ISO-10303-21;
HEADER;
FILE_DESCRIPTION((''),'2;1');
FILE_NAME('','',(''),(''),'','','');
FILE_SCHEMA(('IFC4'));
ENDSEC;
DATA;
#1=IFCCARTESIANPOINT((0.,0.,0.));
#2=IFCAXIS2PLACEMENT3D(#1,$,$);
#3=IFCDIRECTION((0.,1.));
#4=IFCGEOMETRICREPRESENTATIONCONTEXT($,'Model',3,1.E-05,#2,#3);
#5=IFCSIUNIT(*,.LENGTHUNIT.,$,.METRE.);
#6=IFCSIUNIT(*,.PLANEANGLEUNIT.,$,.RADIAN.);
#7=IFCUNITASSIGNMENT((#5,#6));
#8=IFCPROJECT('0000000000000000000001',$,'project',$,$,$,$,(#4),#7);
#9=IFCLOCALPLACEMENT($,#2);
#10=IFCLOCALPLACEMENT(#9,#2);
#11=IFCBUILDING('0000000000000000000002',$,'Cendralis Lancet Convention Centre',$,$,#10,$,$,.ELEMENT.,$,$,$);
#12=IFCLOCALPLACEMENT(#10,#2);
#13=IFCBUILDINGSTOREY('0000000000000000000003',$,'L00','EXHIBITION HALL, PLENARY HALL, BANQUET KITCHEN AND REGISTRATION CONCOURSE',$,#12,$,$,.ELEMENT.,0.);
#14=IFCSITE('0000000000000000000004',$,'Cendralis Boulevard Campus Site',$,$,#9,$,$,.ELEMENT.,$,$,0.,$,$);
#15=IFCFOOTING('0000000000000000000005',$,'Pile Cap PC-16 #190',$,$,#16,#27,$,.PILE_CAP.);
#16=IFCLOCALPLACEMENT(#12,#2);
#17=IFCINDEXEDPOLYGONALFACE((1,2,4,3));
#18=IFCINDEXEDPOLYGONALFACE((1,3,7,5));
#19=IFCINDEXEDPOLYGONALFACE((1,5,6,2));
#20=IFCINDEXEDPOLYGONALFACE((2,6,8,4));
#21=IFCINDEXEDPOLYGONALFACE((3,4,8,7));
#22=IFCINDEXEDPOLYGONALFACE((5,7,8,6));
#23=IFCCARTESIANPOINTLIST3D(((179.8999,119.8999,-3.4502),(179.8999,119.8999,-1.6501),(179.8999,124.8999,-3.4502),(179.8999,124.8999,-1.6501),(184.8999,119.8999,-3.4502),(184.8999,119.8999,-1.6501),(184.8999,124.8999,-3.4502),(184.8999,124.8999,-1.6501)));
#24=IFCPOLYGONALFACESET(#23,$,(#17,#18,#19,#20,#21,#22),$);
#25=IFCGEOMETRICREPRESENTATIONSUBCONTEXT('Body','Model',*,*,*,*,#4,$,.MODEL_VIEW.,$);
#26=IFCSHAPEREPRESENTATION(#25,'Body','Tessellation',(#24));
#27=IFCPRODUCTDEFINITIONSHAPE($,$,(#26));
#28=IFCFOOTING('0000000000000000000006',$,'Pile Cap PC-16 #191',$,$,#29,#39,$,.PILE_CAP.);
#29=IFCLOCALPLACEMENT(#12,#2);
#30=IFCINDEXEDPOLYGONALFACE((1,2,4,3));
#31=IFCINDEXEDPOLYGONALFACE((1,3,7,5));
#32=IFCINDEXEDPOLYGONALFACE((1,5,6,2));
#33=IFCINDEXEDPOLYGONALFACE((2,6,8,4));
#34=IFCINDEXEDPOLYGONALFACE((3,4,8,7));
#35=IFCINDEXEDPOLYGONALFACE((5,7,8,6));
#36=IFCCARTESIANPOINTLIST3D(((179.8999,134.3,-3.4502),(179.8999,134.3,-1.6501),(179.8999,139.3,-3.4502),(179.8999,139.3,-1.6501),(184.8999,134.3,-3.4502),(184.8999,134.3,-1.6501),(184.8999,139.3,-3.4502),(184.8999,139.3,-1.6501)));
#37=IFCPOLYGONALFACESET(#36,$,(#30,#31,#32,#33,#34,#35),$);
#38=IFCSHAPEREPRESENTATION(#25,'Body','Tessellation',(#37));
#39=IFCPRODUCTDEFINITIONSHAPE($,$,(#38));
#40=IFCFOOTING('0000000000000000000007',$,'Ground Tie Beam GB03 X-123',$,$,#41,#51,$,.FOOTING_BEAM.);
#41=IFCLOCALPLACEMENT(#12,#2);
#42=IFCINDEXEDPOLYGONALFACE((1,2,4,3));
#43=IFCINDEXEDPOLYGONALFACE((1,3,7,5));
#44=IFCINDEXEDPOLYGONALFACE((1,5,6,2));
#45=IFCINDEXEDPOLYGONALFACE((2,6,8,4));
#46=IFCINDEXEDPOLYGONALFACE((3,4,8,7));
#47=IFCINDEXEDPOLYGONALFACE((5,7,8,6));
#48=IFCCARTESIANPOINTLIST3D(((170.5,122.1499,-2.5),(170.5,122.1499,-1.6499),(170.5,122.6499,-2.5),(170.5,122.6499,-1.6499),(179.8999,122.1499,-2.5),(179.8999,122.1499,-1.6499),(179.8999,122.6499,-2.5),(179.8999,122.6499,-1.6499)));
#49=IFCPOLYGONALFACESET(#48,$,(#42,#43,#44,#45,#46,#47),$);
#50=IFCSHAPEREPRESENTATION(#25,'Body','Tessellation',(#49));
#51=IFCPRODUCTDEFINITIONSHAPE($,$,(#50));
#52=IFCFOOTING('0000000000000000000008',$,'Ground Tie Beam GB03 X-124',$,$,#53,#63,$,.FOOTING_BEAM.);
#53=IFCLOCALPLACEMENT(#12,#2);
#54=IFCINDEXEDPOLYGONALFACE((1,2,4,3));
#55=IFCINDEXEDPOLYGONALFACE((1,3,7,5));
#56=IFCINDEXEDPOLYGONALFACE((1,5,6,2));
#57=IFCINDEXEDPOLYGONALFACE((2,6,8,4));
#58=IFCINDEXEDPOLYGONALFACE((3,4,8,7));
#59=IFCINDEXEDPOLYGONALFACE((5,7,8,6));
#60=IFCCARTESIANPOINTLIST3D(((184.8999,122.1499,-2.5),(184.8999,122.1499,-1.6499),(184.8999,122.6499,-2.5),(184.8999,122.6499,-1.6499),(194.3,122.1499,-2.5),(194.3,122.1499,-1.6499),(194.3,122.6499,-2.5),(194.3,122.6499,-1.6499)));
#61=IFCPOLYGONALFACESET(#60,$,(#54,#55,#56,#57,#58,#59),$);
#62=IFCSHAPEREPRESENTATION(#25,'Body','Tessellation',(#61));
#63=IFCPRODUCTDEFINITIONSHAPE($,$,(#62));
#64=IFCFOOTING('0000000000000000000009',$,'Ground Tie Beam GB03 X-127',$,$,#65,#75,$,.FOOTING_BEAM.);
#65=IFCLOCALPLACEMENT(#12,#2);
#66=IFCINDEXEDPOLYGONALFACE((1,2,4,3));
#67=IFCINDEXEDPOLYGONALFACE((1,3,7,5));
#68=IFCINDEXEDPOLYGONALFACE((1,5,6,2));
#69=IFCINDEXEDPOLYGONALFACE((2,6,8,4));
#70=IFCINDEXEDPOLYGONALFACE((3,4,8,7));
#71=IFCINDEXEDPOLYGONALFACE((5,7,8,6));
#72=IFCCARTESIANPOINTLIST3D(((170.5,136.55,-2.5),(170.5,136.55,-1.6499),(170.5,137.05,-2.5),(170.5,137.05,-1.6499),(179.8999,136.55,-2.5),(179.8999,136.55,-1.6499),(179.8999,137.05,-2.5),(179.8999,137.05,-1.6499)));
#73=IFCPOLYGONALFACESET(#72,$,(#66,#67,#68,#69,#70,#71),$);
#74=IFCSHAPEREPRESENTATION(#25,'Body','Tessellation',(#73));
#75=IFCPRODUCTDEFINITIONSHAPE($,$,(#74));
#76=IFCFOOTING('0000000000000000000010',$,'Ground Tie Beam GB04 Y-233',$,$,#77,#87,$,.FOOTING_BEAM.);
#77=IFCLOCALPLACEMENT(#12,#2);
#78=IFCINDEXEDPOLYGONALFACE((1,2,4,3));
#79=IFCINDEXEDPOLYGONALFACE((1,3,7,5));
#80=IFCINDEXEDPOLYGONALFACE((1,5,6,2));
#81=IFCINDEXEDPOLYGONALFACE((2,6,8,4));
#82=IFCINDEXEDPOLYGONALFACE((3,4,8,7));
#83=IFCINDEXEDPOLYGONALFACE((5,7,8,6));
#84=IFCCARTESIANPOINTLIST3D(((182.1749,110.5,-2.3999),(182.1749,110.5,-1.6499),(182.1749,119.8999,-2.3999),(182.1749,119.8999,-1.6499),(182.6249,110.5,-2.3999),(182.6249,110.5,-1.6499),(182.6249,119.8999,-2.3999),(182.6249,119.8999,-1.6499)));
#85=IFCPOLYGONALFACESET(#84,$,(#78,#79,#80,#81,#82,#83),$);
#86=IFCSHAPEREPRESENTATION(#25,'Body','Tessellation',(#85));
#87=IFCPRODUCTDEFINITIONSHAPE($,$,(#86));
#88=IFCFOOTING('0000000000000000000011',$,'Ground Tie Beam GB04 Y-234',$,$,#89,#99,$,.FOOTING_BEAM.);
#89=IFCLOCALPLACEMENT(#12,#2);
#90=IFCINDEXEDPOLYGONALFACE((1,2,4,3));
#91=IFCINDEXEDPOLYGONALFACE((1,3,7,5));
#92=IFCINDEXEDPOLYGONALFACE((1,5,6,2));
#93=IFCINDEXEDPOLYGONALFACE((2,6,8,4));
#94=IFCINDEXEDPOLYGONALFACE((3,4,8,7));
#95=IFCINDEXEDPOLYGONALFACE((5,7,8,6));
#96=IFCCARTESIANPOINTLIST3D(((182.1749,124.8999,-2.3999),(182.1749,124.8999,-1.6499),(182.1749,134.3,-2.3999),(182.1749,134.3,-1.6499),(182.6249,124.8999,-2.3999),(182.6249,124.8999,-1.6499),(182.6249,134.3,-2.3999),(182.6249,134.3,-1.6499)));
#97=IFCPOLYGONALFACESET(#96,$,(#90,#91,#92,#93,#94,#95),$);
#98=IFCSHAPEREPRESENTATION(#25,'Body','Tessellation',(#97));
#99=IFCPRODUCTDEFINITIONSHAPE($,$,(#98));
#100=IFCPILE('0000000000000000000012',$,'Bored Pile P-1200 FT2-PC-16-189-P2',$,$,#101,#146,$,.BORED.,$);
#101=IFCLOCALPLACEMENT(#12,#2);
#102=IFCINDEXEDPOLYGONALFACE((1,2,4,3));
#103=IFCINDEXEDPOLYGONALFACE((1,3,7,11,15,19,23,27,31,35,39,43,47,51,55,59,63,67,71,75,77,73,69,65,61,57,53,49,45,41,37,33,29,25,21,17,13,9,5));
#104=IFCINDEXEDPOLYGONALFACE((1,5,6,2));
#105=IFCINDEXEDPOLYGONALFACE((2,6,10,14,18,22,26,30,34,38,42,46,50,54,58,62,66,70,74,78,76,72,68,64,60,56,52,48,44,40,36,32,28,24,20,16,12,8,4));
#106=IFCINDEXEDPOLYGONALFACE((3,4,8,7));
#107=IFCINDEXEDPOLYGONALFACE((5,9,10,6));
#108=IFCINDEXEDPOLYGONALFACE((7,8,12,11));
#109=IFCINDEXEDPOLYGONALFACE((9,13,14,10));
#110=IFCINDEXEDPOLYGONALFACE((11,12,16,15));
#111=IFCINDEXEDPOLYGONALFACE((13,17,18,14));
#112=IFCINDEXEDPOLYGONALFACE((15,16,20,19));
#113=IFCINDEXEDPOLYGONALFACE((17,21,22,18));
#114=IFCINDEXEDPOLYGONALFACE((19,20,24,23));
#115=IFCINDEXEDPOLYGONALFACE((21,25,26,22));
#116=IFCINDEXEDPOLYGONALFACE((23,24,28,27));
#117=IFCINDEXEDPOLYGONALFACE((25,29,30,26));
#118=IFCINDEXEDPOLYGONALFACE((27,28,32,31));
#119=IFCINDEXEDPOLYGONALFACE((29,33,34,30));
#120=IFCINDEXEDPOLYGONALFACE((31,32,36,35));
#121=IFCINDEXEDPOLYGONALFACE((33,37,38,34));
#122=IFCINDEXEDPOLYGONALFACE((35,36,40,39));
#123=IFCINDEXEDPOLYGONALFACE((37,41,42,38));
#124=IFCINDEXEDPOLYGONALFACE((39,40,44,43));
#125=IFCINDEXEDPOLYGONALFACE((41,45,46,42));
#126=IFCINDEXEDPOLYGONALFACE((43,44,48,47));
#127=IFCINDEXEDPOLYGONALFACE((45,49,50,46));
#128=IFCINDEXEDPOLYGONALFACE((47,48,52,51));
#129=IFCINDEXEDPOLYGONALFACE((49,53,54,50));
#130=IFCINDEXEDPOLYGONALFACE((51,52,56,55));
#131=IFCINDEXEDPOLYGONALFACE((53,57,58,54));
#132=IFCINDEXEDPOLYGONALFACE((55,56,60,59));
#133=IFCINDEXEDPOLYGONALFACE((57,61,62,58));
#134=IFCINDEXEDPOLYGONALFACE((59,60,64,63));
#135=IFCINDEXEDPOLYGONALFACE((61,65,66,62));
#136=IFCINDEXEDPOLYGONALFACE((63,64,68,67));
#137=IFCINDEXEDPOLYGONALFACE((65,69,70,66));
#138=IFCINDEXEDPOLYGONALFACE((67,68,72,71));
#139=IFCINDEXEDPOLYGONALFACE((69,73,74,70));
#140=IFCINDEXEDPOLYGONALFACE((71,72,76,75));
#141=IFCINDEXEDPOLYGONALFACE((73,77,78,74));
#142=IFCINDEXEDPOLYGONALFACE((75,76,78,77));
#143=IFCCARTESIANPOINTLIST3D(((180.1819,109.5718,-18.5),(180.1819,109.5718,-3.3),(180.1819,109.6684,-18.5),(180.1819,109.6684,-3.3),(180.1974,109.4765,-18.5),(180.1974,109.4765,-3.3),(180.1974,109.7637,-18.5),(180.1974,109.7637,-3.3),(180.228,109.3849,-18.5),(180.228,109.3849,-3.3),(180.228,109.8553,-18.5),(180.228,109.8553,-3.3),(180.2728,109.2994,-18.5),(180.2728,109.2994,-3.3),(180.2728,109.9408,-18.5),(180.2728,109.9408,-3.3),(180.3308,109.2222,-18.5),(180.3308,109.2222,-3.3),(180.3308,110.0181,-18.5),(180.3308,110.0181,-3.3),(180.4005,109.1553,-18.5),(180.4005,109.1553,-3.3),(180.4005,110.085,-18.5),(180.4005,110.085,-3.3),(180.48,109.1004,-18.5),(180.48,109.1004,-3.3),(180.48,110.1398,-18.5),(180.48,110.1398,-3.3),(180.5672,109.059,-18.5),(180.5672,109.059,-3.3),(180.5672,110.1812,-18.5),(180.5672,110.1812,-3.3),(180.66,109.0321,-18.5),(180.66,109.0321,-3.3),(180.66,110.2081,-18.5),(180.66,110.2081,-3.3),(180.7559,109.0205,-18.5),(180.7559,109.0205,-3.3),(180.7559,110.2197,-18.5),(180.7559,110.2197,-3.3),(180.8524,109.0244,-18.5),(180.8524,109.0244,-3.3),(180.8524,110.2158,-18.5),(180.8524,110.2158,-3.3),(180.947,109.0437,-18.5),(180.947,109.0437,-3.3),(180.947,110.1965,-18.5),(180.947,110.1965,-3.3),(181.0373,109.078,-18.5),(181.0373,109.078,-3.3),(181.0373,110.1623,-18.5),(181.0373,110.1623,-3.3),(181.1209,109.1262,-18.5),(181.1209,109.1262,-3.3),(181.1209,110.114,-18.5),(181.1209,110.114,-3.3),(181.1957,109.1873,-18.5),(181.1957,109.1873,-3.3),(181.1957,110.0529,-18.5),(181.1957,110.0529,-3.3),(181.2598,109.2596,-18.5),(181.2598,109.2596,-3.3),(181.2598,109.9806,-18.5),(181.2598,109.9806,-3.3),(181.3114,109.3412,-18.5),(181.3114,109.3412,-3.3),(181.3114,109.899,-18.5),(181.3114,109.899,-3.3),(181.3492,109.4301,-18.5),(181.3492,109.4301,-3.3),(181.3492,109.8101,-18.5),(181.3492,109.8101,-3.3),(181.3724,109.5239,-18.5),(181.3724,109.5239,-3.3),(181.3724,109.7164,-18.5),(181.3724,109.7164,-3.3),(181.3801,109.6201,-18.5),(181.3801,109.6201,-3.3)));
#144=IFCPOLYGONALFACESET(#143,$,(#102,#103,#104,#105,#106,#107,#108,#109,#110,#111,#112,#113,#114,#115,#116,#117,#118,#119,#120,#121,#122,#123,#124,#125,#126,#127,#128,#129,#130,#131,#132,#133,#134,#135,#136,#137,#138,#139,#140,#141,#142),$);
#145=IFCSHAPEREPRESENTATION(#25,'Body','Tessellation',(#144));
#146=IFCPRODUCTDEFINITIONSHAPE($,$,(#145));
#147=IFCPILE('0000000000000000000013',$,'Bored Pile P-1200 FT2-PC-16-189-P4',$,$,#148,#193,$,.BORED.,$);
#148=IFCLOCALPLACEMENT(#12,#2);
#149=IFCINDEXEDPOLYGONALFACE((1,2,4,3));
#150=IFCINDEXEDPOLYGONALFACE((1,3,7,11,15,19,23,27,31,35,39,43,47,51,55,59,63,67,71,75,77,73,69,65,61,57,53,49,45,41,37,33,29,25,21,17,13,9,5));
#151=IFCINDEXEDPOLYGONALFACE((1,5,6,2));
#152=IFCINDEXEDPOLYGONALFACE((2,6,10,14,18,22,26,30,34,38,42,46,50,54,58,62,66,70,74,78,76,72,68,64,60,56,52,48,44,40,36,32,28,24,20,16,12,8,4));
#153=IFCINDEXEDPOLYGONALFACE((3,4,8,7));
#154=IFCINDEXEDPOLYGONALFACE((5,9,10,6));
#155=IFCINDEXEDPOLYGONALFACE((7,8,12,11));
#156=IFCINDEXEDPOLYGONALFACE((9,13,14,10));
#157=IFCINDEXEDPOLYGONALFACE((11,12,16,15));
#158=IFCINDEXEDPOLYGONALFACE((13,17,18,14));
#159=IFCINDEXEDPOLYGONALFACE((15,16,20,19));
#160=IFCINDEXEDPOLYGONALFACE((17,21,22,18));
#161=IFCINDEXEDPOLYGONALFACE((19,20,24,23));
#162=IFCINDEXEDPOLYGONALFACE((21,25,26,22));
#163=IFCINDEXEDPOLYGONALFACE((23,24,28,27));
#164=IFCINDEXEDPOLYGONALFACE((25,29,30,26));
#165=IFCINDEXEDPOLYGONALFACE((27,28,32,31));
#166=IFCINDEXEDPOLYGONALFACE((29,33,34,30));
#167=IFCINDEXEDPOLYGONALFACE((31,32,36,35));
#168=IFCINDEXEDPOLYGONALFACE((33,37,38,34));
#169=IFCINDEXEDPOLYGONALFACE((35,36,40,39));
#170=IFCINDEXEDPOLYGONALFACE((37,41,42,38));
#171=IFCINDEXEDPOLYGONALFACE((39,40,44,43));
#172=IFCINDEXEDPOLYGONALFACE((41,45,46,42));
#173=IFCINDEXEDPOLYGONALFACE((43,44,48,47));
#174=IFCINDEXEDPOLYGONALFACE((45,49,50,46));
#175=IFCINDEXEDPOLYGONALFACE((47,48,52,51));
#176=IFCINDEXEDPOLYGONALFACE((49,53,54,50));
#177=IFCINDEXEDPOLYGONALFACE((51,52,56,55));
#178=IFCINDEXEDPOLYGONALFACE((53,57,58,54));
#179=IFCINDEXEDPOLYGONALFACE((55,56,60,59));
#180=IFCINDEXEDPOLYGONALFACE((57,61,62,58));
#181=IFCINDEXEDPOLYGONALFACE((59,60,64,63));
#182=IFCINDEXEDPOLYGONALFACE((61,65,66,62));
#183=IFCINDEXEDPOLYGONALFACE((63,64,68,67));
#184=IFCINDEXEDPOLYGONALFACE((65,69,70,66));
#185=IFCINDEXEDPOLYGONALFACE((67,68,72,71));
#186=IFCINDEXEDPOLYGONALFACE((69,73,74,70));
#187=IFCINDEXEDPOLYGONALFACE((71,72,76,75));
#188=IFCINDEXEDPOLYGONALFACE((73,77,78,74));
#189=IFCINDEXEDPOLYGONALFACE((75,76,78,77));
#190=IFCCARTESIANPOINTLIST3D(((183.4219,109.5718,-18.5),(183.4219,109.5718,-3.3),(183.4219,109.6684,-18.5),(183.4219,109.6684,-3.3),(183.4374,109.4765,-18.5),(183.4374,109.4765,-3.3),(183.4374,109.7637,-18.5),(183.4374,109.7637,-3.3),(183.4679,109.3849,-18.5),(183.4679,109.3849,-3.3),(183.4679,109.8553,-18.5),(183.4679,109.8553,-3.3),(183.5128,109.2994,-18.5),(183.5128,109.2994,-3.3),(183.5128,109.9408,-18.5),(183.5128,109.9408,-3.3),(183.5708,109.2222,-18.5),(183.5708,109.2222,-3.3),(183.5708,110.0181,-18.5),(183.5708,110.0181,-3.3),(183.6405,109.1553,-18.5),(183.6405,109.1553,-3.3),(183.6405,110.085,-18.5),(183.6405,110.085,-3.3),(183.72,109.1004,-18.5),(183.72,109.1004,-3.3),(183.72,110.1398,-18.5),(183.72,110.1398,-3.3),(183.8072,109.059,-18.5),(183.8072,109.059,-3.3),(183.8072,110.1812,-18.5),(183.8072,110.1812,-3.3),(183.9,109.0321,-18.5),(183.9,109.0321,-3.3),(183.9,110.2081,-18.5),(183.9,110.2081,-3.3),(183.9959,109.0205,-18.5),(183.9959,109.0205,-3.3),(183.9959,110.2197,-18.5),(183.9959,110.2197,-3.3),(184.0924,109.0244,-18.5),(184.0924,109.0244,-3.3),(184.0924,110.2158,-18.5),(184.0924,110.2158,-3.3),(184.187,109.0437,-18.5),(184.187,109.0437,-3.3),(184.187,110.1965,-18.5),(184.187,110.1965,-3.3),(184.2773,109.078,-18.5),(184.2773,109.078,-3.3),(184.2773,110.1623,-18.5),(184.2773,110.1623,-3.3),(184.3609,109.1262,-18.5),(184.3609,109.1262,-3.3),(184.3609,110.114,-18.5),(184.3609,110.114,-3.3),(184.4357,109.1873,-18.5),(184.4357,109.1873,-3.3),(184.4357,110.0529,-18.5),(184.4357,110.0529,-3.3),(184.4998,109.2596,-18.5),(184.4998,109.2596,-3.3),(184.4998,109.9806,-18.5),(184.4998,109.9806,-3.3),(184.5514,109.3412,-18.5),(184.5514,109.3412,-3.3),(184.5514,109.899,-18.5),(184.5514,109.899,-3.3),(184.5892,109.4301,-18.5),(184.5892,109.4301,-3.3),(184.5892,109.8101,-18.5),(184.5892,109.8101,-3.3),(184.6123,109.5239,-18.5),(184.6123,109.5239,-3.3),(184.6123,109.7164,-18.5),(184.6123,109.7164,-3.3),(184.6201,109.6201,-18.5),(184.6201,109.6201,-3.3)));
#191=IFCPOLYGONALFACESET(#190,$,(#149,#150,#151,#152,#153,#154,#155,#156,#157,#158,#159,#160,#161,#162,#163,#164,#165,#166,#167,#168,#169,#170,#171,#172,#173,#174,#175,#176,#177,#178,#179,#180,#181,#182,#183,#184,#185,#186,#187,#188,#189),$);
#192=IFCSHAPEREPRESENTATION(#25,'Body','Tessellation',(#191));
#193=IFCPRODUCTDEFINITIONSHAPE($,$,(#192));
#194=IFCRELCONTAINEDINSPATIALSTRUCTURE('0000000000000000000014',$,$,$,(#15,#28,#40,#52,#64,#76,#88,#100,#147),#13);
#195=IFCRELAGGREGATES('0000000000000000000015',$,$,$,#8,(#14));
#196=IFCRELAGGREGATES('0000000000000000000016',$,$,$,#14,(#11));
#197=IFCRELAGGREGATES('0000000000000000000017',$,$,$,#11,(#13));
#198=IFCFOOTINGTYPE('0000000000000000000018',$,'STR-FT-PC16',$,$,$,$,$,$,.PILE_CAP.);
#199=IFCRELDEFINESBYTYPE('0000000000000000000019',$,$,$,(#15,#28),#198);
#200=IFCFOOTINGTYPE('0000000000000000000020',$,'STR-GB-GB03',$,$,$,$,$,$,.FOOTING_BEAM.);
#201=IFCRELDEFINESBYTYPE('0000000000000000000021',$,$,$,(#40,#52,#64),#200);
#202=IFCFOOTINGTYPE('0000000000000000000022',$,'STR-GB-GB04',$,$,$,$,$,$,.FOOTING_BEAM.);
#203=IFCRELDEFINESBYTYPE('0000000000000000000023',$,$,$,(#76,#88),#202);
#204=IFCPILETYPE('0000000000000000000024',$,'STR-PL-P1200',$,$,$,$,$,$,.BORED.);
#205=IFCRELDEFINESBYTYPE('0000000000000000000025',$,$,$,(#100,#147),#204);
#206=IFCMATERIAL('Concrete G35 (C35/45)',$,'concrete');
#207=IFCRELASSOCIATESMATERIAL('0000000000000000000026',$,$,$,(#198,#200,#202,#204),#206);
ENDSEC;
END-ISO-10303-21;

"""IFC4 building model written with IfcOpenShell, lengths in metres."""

from ifc_helpers import new_model, si_unit, direction, frame, origin, origin_2d, place, context, subcontext, project, spatial, rectangle, circle, extrude, material, material_profile, profile_set, type_object, element, save


model = new_model("IFC4")

# Units and contexts
model_context = context("Model", 3, precision=1e-05, world=origin(), true_north=direction((0.0, 1.0)))
body_context = subcontext(model_context, "Body", "Model", "MODEL_VIEW")
ifc_project = project(units=[si_unit("LENGTHUNIT", "METRE"), si_unit("PLANEANGLEUNIT", "RADIAN")], contexts=[model_context])

# Site, building, storey
site_placement = place(None, origin())
site = spatial("IfcSite", under=ifc_project, at=site_placement, Name="Cendralis Boulevard Campus Site", CompositionType="ELEMENT", RefElevation=0.0)
building_placement = place(site_placement, origin())
building = spatial("IfcBuilding", under=site, at=building_placement, Name="Cendralis Lancet Convention Centre", CompositionType="ELEMENT")
storey_placement = place(building_placement, origin())
storey = spatial("IfcBuildingStorey", under=building, at=storey_placement, Name="L00", Description="EXHIBITION HALL, PLENARY HALL, BANQUET KITCHEN AND REGISTRATION CONCOURSE", CompositionType="ELEMENT", Elevation=0.0)

# Footings
ifc_material_1 = material(Name="Concrete G35 (C35/45)", Category="concrete")
footing_type_1 = type_object("IfcFootingType", Name="STR-FT-PC16", PredefinedType="PILE_CAP", material=ifc_material_1)
for number, where, z_axis, x_axis, name in (
    (1, (182.3999, 122.3999, -3.4502), (0.0, 0.0, 1.0), (1.0, 0.0, 0.0), "Pile Cap PC-16 #190"),
    (2, (182.3999, 136.8, -3.4502), (0.0, 0.0, 1.0), (1.0, 0.0, 0.0), "Pile Cap PC-16 #191"),
):
    element("IfcFooting", number, at=place(storey_placement, frame(where, z_axis=z_axis, x_axis=x_axis)), inside=storey, type_object=footing_type_1, Name=name, PredefinedType="PILE_CAP", context=body_context, shape_type="SweptSolid", body=[
        extrude(rectangle(XDim=5.0, YDim=5.0, at=origin_2d()), origin(), (0.0, 0.0, 1.0), 1.8),
    ])
ifc_material_profile_1 = material_profile(ifc_material_1, rectangle(XDim=0.5, YDim=0.8501, at=origin_2d()), Name="RCB 500x850")
ifc_profile_set_1 = profile_set([ifc_material_profile_1], Name="Concrete G35 (C35/45)")
footing_type_2 = type_object("IfcFootingType", Name="STR-GB-GB03", PredefinedType="FOOTING_BEAM", material=ifc_profile_set_1)
footing_1_placement = place(storey_placement, frame((170.5, 122.3999, -2.075), z_axis=(1.0, 0.0, 0.0), x_axis=(0.0, 1.0, 0.0)))
element("IfcFooting", 3, at=footing_1_placement, inside=storey, type_object=footing_type_2, Name="Ground Tie Beam GB03 X-123", PredefinedType="FOOTING_BEAM", context=body_context, shape_type="SweptSolid", body=[
    extrude(rectangle(XDim=0.5, YDim=0.8501, at=origin_2d()), origin(), (0.0, 0.0, 1.0), 9.3999),
])
footing_2_placement = place(storey_placement, frame((184.8999, 122.3999, -2.075), z_axis=(1.0, 0.0, 0.0), x_axis=(0.0, 1.0, 0.0)))
element("IfcFooting", 4, at=footing_2_placement, inside=storey, type_object=footing_type_2, Name="Ground Tie Beam GB03 X-124", PredefinedType="FOOTING_BEAM", context=body_context, shape_type="SweptSolid", body=[
    extrude(rectangle(XDim=0.5, YDim=0.8501, at=origin_2d()), origin(), (0.0, 0.0, 1.0), 9.4001),
])
footing_3_placement = place(storey_placement, frame((170.5, 136.8, -2.075), z_axis=(1.0, 0.0, 0.0), x_axis=(0.0, 1.0, 0.0)))
element("IfcFooting", 5, at=footing_3_placement, inside=storey, type_object=footing_type_2, Name="Ground Tie Beam GB03 X-127", PredefinedType="FOOTING_BEAM", context=body_context, shape_type="SweptSolid", body=[
    extrude(rectangle(XDim=0.5, YDim=0.8501, at=origin_2d()), origin(), (0.0, 0.0, 1.0), 9.3999),
])
ifc_material_profile_2 = material_profile(ifc_material_1, rectangle(XDim=0.45, YDim=0.75, at=origin_2d()), Name="RCB 450x750")
ifc_profile_set_2 = profile_set([ifc_material_profile_2], Name="Concrete G35 (C35/45)")
footing_type_3 = type_object("IfcFootingType", Name="STR-GB-GB04", PredefinedType="FOOTING_BEAM", material=ifc_profile_set_2)
footing_4_placement = place(storey_placement, frame((182.3999, 110.5, -2.0249), z_axis=(0.0, 1.0, 0.0), x_axis=(-1.0, 0.0, 0.0)))
element("IfcFooting", 6, at=footing_4_placement, inside=storey, type_object=footing_type_3, Name="Ground Tie Beam GB04 Y-233", PredefinedType="FOOTING_BEAM", context=body_context, shape_type="SweptSolid", body=[
    extrude(rectangle(XDim=0.45, YDim=0.75, at=origin_2d()), origin(), (0.0, 0.0, 1.0), 9.3999),
])
footing_5_placement = place(storey_placement, frame((182.3999, 124.8999, -2.0249), z_axis=(0.0, 1.0, 0.0), x_axis=(-1.0, 0.0, 0.0)))
element("IfcFooting", 7, at=footing_5_placement, inside=storey, type_object=footing_type_3, Name="Ground Tie Beam GB04 Y-234", PredefinedType="FOOTING_BEAM", context=body_context, shape_type="SweptSolid", body=[
    extrude(rectangle(XDim=0.45, YDim=0.75, at=origin_2d()), origin(), (0.0, 0.0, 1.0), 9.4001),
])

# Piles
ifc_material_profile_3 = material_profile(ifc_material_1, circle(Radius=0.6001, at=origin_2d()), Name="BORED PILE D1200")
ifc_profile_set_3 = profile_set([ifc_material_profile_3], Name="Concrete G35 (C35/45)")
pile_type = type_object("IfcPileType", Name="STR-PL-P1200", PredefinedType="BORED", material=ifc_profile_set_3)
for number, where, z_axis, x_axis, name in (
    (8, (180.78, 109.6201, -3.3), (0.0, 0.0, -1.0), (1.0, 0.0, 0.0), "Bored Pile P-1200 FT2-PC-16-189-P2"),
    (9, (184.02, 109.6201, -3.3), (0.0, 0.0, -1.0), (1.0, 0.0, 0.0), "Bored Pile P-1200 FT2-PC-16-189-P4"),
):
    element("IfcPile", number, at=place(storey_placement, frame(where, z_axis=z_axis, x_axis=x_axis)), inside=storey, type_object=pile_type, Name=name, PredefinedType="BORED", context=body_context, shape_type="SweptSolid", body=[
        extrude(circle(Radius=0.6001, at=origin_2d()), origin(), (0.0, 0.0, 1.0), 15.2),
    ])

save(model, "model.ifc")
